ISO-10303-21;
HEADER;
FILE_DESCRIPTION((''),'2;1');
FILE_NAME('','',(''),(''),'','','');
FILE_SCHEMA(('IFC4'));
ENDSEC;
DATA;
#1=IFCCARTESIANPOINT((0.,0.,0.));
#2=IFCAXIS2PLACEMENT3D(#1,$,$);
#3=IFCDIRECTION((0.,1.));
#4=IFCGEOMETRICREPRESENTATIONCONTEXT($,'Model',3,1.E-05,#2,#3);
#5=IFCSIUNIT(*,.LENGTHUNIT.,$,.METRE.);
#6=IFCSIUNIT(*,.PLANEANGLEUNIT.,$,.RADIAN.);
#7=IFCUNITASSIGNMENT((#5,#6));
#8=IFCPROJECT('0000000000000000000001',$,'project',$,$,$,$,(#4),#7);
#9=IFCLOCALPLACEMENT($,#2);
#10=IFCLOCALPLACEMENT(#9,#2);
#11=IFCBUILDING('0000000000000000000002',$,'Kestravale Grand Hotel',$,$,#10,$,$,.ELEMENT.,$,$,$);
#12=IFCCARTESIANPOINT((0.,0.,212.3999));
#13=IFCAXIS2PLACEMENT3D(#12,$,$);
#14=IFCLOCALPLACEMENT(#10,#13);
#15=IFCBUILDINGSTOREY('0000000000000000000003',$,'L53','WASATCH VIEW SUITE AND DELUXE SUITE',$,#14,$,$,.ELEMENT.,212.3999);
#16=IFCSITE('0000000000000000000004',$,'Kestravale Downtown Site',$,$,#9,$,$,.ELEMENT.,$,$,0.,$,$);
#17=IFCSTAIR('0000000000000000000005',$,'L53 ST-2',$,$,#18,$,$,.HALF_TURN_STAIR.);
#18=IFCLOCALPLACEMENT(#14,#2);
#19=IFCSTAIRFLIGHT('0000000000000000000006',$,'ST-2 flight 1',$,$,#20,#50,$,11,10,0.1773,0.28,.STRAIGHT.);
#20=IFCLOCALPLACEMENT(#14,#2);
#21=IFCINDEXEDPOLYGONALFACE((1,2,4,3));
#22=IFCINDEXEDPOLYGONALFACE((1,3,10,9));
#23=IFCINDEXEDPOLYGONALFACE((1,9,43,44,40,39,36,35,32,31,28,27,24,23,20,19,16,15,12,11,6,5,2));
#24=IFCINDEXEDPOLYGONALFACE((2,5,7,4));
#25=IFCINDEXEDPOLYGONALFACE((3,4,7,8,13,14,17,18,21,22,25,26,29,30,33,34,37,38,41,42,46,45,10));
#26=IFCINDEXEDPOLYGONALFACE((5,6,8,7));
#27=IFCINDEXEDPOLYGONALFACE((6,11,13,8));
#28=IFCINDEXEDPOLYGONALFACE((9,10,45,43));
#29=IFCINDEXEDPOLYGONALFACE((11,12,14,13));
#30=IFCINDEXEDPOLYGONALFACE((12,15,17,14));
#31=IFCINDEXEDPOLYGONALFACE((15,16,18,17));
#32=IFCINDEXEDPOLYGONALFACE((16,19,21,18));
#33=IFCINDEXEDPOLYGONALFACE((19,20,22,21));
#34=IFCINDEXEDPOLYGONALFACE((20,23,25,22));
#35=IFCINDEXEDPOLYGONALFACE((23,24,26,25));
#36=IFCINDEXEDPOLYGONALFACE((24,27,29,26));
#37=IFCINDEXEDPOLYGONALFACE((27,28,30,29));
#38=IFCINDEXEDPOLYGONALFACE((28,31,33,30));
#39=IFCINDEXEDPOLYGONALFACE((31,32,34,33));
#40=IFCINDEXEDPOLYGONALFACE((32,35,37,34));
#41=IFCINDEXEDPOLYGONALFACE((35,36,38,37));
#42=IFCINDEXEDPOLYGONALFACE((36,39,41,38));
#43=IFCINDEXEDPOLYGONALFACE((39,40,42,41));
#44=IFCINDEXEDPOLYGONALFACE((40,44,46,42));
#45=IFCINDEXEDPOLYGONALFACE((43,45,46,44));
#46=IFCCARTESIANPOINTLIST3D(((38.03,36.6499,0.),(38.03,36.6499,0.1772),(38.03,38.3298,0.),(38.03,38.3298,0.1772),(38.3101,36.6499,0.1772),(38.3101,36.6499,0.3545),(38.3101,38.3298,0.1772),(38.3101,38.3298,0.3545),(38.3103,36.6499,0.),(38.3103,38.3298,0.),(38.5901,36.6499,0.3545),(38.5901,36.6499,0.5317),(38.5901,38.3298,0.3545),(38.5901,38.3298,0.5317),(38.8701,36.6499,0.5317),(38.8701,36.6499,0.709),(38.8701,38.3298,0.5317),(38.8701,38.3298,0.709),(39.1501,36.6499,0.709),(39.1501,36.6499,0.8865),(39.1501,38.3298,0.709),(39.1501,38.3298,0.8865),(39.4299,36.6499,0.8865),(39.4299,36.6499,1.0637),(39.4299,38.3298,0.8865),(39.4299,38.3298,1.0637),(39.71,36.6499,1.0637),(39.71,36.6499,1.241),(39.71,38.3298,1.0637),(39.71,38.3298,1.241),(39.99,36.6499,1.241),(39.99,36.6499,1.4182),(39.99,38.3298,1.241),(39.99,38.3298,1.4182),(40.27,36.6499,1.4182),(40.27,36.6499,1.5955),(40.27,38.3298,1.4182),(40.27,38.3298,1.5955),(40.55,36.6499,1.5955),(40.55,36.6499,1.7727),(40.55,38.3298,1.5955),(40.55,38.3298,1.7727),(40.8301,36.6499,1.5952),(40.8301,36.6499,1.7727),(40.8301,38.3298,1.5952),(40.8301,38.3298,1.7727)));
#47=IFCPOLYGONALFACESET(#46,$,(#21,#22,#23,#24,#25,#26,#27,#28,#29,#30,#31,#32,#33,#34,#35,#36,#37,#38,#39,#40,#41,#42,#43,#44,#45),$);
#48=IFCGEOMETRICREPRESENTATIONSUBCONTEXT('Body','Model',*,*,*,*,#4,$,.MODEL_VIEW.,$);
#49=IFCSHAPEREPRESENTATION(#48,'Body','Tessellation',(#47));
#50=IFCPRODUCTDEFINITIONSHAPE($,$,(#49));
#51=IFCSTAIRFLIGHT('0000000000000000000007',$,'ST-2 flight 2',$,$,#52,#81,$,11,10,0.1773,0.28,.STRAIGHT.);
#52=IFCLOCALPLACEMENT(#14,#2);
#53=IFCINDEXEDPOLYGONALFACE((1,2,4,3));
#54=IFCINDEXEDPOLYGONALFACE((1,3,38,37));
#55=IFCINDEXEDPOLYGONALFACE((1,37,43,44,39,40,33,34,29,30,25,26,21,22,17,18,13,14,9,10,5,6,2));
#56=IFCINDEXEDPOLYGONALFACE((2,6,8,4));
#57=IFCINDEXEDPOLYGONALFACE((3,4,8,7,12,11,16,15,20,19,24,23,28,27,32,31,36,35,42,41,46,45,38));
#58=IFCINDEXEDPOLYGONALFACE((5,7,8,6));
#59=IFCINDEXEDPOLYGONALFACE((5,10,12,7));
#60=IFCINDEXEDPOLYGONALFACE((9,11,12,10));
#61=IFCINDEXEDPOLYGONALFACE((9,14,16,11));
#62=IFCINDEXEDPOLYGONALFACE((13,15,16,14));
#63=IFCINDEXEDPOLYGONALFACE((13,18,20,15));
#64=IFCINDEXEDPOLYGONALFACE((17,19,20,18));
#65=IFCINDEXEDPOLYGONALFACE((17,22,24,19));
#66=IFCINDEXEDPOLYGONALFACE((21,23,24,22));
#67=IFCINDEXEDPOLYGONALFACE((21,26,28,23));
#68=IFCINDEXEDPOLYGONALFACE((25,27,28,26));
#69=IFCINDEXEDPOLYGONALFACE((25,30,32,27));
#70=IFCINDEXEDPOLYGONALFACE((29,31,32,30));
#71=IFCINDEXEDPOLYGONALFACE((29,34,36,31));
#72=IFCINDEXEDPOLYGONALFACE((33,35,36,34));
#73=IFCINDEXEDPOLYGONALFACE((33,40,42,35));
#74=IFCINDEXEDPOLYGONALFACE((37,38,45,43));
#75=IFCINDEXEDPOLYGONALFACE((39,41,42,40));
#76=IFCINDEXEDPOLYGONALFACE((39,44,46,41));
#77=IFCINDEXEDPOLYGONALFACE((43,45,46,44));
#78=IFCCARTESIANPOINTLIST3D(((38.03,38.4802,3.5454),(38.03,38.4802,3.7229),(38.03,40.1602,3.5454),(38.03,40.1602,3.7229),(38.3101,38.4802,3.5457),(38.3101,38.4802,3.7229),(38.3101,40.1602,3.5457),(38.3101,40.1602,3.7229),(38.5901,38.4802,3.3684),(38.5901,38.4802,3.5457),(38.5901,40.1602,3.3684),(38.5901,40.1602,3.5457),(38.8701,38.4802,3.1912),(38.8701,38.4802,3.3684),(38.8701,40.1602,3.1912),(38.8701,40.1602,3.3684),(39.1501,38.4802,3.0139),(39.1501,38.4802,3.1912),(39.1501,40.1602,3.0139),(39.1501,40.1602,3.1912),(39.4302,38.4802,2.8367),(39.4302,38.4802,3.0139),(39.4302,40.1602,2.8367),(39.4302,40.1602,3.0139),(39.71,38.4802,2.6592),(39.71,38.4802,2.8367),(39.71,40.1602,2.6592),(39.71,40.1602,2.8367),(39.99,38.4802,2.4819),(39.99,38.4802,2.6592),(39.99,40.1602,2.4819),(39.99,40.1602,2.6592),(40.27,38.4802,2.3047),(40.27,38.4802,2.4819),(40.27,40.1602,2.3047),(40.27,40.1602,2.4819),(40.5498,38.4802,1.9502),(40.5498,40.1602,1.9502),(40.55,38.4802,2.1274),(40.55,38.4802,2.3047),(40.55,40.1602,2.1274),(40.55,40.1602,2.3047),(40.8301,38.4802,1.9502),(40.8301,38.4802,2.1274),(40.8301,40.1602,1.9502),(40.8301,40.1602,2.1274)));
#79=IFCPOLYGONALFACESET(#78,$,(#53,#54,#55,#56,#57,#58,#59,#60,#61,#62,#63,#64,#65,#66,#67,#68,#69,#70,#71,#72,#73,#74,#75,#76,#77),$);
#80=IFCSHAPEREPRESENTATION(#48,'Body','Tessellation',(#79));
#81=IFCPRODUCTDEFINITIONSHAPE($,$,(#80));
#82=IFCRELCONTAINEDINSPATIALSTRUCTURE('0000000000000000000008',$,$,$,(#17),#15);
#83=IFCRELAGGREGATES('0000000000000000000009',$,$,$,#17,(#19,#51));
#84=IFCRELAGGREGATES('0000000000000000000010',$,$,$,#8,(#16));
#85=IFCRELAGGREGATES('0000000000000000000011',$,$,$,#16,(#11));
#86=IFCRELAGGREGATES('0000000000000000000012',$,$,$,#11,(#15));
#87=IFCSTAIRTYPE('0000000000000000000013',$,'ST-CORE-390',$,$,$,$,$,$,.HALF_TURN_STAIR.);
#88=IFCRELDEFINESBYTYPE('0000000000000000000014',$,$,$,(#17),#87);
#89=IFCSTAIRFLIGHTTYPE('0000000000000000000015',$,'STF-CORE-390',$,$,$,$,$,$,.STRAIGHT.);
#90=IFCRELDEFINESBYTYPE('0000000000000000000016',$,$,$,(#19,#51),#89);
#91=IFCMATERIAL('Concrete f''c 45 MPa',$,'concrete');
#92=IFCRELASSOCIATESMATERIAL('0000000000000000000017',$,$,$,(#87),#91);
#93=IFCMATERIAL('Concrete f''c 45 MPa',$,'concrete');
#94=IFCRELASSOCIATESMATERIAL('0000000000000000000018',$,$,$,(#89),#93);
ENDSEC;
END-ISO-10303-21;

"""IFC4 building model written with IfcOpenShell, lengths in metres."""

from ifc_helpers import new_model, si_unit, direction, frame, origin, place, context, subcontext, project, spatial, polyline, outline, extrude, material, type_object, element, aggregate, save


model = new_model("IFC4")

# Units and contexts
model_context = context("Model", 3, precision=1e-05, world=origin(), true_north=direction((0.0, 1.0)))
body_context = subcontext(model_context, "Body", "Model", "MODEL_VIEW")
ifc_project = project(units=[si_unit("LENGTHUNIT", "METRE"), si_unit("PLANEANGLEUNIT", "RADIAN")], contexts=[model_context])

# Site, building, storey
site_placement = place(None, origin())
site = spatial("IfcSite", under=ifc_project, at=site_placement, Name="Kestravale Downtown Site", CompositionType="ELEMENT", RefElevation=0.0)
building_placement = place(site_placement, origin())
building = spatial("IfcBuilding", under=site, at=building_placement, Name="Kestravale Grand Hotel", CompositionType="ELEMENT")
storey_placement = place(building_placement, frame((0.0, 0.0, 212.3999)))
storey = spatial("IfcBuildingStorey", under=building, at=storey_placement, Name="L53", Description="WASATCH VIEW SUITE AND DELUXE SUITE", CompositionType="ELEMENT", Elevation=212.3999)

# Stair, stair flights
ifc_material_1 = material(Name="Concrete f'c 45 MPa", Category="concrete")
stair_type = type_object("IfcStairType", Name="ST-CORE-390", PredefinedType="HALF_TURN_STAIR", material=ifc_material_1)
stair_placement = place(storey_placement, origin())
stair = element("IfcStair", 1, at=stair_placement, inside=storey, type_object=stair_type, Name="L53 ST-2", PredefinedType="HALF_TURN_STAIR")
ifc_material_2 = material(Name="Concrete f'c 45 MPa", Category="concrete")
stair_flight_type = type_object("IfcStairFlightType", Name="STF-CORE-390", PredefinedType="STRAIGHT", material=ifc_material_2)
stair_flight_1_placement = place(storey_placement, frame((38.03, 37.49, 0.0), z_axis=(0.0, 0.0, 1.0), x_axis=(1.0, 0.0, 0.0)))
stair_flight_1 = element("IfcStairFlight", 2, at=stair_flight_1_placement, type_object=stair_flight_type, Name="ST-2 flight 1", NumberOfRisers=11, NumberOfTreads=10, PredefinedType="STRAIGHT", RiserHeight=0.1773, TreadLength=0.28, context=body_context, shape_type="SweptSolid", body=[
    extrude(outline(polyline([(0.0, 0.0), (0.0, 0.1772), (0.28, 0.1772), (0.28, 0.3545), (0.5601, 0.3545), (0.5601, 0.5317), (0.8401, 0.5317), (0.8401, 0.709), (1.1201, 0.709), (1.1201, 0.8865), (1.3999, 0.8865), (1.3999, 1.0637), (1.6799, 1.0637), (1.6799, 1.241), (1.96, 1.241), (1.96, 1.4182), (2.24, 1.4182), (2.24, 1.5955), (2.52, 1.5955), (2.52, 1.7727), (2.8, 1.7727), (2.8, 1.95), (2.8, 1.5952), (0.2803, 0.0), (0.0, 0.0)])), frame((0.0, 0.8398, 0.0), z_axis=(0.0, -1.0, 0.0), x_axis=(1.0, 0.0, 0.0)), (0.0, 0.0, 1.0), 1.6799),
])
stair_flight_2_placement = place(storey_placement, frame((40.8301, 39.3201, 1.9502), z_axis=(0.0, 0.0, 1.0), x_axis=(-1.0, 0.0, 0.0)))
stair_flight_2 = element("IfcStairFlight", 3, at=stair_flight_2_placement, type_object=stair_flight_type, Name="ST-2 flight 2", NumberOfRisers=11, NumberOfTreads=10, PredefinedType="STRAIGHT", RiserHeight=0.1773, TreadLength=0.28, context=body_context, shape_type="SweptSolid", body=[
    extrude(outline(polyline([(0.0, 0.0), (0.0, 0.1772), (0.28, 0.1772), (0.28, 0.3545), (0.5601, 0.3545), (0.5601, 0.5317), (0.8401, 0.5317), (0.8401, 0.709), (1.1201, 0.709), (1.1201, 0.8865), (1.3999, 0.8865), (1.3999, 1.0637), (1.6799, 1.0637), (1.6799, 1.241), (1.96, 1.241), (1.96, 1.4182), (2.24, 1.4182), (2.24, 1.5955), (2.52, 1.5955), (2.52, 1.7727), (2.8, 1.7727), (2.8, 1.95), (2.8, 1.5952), (0.2803, 0.0), (0.0, 0.0)])), frame((0.0, 0.8398, 0.0), z_axis=(0.0, -1.0, 0.0), x_axis=(1.0, 0.0, 0.0)), (0.0, 0.0, 1.0), 1.6799),
])
aggregate(stair, [stair_flight_1, stair_flight_2])

save(model, "model.ifc")
